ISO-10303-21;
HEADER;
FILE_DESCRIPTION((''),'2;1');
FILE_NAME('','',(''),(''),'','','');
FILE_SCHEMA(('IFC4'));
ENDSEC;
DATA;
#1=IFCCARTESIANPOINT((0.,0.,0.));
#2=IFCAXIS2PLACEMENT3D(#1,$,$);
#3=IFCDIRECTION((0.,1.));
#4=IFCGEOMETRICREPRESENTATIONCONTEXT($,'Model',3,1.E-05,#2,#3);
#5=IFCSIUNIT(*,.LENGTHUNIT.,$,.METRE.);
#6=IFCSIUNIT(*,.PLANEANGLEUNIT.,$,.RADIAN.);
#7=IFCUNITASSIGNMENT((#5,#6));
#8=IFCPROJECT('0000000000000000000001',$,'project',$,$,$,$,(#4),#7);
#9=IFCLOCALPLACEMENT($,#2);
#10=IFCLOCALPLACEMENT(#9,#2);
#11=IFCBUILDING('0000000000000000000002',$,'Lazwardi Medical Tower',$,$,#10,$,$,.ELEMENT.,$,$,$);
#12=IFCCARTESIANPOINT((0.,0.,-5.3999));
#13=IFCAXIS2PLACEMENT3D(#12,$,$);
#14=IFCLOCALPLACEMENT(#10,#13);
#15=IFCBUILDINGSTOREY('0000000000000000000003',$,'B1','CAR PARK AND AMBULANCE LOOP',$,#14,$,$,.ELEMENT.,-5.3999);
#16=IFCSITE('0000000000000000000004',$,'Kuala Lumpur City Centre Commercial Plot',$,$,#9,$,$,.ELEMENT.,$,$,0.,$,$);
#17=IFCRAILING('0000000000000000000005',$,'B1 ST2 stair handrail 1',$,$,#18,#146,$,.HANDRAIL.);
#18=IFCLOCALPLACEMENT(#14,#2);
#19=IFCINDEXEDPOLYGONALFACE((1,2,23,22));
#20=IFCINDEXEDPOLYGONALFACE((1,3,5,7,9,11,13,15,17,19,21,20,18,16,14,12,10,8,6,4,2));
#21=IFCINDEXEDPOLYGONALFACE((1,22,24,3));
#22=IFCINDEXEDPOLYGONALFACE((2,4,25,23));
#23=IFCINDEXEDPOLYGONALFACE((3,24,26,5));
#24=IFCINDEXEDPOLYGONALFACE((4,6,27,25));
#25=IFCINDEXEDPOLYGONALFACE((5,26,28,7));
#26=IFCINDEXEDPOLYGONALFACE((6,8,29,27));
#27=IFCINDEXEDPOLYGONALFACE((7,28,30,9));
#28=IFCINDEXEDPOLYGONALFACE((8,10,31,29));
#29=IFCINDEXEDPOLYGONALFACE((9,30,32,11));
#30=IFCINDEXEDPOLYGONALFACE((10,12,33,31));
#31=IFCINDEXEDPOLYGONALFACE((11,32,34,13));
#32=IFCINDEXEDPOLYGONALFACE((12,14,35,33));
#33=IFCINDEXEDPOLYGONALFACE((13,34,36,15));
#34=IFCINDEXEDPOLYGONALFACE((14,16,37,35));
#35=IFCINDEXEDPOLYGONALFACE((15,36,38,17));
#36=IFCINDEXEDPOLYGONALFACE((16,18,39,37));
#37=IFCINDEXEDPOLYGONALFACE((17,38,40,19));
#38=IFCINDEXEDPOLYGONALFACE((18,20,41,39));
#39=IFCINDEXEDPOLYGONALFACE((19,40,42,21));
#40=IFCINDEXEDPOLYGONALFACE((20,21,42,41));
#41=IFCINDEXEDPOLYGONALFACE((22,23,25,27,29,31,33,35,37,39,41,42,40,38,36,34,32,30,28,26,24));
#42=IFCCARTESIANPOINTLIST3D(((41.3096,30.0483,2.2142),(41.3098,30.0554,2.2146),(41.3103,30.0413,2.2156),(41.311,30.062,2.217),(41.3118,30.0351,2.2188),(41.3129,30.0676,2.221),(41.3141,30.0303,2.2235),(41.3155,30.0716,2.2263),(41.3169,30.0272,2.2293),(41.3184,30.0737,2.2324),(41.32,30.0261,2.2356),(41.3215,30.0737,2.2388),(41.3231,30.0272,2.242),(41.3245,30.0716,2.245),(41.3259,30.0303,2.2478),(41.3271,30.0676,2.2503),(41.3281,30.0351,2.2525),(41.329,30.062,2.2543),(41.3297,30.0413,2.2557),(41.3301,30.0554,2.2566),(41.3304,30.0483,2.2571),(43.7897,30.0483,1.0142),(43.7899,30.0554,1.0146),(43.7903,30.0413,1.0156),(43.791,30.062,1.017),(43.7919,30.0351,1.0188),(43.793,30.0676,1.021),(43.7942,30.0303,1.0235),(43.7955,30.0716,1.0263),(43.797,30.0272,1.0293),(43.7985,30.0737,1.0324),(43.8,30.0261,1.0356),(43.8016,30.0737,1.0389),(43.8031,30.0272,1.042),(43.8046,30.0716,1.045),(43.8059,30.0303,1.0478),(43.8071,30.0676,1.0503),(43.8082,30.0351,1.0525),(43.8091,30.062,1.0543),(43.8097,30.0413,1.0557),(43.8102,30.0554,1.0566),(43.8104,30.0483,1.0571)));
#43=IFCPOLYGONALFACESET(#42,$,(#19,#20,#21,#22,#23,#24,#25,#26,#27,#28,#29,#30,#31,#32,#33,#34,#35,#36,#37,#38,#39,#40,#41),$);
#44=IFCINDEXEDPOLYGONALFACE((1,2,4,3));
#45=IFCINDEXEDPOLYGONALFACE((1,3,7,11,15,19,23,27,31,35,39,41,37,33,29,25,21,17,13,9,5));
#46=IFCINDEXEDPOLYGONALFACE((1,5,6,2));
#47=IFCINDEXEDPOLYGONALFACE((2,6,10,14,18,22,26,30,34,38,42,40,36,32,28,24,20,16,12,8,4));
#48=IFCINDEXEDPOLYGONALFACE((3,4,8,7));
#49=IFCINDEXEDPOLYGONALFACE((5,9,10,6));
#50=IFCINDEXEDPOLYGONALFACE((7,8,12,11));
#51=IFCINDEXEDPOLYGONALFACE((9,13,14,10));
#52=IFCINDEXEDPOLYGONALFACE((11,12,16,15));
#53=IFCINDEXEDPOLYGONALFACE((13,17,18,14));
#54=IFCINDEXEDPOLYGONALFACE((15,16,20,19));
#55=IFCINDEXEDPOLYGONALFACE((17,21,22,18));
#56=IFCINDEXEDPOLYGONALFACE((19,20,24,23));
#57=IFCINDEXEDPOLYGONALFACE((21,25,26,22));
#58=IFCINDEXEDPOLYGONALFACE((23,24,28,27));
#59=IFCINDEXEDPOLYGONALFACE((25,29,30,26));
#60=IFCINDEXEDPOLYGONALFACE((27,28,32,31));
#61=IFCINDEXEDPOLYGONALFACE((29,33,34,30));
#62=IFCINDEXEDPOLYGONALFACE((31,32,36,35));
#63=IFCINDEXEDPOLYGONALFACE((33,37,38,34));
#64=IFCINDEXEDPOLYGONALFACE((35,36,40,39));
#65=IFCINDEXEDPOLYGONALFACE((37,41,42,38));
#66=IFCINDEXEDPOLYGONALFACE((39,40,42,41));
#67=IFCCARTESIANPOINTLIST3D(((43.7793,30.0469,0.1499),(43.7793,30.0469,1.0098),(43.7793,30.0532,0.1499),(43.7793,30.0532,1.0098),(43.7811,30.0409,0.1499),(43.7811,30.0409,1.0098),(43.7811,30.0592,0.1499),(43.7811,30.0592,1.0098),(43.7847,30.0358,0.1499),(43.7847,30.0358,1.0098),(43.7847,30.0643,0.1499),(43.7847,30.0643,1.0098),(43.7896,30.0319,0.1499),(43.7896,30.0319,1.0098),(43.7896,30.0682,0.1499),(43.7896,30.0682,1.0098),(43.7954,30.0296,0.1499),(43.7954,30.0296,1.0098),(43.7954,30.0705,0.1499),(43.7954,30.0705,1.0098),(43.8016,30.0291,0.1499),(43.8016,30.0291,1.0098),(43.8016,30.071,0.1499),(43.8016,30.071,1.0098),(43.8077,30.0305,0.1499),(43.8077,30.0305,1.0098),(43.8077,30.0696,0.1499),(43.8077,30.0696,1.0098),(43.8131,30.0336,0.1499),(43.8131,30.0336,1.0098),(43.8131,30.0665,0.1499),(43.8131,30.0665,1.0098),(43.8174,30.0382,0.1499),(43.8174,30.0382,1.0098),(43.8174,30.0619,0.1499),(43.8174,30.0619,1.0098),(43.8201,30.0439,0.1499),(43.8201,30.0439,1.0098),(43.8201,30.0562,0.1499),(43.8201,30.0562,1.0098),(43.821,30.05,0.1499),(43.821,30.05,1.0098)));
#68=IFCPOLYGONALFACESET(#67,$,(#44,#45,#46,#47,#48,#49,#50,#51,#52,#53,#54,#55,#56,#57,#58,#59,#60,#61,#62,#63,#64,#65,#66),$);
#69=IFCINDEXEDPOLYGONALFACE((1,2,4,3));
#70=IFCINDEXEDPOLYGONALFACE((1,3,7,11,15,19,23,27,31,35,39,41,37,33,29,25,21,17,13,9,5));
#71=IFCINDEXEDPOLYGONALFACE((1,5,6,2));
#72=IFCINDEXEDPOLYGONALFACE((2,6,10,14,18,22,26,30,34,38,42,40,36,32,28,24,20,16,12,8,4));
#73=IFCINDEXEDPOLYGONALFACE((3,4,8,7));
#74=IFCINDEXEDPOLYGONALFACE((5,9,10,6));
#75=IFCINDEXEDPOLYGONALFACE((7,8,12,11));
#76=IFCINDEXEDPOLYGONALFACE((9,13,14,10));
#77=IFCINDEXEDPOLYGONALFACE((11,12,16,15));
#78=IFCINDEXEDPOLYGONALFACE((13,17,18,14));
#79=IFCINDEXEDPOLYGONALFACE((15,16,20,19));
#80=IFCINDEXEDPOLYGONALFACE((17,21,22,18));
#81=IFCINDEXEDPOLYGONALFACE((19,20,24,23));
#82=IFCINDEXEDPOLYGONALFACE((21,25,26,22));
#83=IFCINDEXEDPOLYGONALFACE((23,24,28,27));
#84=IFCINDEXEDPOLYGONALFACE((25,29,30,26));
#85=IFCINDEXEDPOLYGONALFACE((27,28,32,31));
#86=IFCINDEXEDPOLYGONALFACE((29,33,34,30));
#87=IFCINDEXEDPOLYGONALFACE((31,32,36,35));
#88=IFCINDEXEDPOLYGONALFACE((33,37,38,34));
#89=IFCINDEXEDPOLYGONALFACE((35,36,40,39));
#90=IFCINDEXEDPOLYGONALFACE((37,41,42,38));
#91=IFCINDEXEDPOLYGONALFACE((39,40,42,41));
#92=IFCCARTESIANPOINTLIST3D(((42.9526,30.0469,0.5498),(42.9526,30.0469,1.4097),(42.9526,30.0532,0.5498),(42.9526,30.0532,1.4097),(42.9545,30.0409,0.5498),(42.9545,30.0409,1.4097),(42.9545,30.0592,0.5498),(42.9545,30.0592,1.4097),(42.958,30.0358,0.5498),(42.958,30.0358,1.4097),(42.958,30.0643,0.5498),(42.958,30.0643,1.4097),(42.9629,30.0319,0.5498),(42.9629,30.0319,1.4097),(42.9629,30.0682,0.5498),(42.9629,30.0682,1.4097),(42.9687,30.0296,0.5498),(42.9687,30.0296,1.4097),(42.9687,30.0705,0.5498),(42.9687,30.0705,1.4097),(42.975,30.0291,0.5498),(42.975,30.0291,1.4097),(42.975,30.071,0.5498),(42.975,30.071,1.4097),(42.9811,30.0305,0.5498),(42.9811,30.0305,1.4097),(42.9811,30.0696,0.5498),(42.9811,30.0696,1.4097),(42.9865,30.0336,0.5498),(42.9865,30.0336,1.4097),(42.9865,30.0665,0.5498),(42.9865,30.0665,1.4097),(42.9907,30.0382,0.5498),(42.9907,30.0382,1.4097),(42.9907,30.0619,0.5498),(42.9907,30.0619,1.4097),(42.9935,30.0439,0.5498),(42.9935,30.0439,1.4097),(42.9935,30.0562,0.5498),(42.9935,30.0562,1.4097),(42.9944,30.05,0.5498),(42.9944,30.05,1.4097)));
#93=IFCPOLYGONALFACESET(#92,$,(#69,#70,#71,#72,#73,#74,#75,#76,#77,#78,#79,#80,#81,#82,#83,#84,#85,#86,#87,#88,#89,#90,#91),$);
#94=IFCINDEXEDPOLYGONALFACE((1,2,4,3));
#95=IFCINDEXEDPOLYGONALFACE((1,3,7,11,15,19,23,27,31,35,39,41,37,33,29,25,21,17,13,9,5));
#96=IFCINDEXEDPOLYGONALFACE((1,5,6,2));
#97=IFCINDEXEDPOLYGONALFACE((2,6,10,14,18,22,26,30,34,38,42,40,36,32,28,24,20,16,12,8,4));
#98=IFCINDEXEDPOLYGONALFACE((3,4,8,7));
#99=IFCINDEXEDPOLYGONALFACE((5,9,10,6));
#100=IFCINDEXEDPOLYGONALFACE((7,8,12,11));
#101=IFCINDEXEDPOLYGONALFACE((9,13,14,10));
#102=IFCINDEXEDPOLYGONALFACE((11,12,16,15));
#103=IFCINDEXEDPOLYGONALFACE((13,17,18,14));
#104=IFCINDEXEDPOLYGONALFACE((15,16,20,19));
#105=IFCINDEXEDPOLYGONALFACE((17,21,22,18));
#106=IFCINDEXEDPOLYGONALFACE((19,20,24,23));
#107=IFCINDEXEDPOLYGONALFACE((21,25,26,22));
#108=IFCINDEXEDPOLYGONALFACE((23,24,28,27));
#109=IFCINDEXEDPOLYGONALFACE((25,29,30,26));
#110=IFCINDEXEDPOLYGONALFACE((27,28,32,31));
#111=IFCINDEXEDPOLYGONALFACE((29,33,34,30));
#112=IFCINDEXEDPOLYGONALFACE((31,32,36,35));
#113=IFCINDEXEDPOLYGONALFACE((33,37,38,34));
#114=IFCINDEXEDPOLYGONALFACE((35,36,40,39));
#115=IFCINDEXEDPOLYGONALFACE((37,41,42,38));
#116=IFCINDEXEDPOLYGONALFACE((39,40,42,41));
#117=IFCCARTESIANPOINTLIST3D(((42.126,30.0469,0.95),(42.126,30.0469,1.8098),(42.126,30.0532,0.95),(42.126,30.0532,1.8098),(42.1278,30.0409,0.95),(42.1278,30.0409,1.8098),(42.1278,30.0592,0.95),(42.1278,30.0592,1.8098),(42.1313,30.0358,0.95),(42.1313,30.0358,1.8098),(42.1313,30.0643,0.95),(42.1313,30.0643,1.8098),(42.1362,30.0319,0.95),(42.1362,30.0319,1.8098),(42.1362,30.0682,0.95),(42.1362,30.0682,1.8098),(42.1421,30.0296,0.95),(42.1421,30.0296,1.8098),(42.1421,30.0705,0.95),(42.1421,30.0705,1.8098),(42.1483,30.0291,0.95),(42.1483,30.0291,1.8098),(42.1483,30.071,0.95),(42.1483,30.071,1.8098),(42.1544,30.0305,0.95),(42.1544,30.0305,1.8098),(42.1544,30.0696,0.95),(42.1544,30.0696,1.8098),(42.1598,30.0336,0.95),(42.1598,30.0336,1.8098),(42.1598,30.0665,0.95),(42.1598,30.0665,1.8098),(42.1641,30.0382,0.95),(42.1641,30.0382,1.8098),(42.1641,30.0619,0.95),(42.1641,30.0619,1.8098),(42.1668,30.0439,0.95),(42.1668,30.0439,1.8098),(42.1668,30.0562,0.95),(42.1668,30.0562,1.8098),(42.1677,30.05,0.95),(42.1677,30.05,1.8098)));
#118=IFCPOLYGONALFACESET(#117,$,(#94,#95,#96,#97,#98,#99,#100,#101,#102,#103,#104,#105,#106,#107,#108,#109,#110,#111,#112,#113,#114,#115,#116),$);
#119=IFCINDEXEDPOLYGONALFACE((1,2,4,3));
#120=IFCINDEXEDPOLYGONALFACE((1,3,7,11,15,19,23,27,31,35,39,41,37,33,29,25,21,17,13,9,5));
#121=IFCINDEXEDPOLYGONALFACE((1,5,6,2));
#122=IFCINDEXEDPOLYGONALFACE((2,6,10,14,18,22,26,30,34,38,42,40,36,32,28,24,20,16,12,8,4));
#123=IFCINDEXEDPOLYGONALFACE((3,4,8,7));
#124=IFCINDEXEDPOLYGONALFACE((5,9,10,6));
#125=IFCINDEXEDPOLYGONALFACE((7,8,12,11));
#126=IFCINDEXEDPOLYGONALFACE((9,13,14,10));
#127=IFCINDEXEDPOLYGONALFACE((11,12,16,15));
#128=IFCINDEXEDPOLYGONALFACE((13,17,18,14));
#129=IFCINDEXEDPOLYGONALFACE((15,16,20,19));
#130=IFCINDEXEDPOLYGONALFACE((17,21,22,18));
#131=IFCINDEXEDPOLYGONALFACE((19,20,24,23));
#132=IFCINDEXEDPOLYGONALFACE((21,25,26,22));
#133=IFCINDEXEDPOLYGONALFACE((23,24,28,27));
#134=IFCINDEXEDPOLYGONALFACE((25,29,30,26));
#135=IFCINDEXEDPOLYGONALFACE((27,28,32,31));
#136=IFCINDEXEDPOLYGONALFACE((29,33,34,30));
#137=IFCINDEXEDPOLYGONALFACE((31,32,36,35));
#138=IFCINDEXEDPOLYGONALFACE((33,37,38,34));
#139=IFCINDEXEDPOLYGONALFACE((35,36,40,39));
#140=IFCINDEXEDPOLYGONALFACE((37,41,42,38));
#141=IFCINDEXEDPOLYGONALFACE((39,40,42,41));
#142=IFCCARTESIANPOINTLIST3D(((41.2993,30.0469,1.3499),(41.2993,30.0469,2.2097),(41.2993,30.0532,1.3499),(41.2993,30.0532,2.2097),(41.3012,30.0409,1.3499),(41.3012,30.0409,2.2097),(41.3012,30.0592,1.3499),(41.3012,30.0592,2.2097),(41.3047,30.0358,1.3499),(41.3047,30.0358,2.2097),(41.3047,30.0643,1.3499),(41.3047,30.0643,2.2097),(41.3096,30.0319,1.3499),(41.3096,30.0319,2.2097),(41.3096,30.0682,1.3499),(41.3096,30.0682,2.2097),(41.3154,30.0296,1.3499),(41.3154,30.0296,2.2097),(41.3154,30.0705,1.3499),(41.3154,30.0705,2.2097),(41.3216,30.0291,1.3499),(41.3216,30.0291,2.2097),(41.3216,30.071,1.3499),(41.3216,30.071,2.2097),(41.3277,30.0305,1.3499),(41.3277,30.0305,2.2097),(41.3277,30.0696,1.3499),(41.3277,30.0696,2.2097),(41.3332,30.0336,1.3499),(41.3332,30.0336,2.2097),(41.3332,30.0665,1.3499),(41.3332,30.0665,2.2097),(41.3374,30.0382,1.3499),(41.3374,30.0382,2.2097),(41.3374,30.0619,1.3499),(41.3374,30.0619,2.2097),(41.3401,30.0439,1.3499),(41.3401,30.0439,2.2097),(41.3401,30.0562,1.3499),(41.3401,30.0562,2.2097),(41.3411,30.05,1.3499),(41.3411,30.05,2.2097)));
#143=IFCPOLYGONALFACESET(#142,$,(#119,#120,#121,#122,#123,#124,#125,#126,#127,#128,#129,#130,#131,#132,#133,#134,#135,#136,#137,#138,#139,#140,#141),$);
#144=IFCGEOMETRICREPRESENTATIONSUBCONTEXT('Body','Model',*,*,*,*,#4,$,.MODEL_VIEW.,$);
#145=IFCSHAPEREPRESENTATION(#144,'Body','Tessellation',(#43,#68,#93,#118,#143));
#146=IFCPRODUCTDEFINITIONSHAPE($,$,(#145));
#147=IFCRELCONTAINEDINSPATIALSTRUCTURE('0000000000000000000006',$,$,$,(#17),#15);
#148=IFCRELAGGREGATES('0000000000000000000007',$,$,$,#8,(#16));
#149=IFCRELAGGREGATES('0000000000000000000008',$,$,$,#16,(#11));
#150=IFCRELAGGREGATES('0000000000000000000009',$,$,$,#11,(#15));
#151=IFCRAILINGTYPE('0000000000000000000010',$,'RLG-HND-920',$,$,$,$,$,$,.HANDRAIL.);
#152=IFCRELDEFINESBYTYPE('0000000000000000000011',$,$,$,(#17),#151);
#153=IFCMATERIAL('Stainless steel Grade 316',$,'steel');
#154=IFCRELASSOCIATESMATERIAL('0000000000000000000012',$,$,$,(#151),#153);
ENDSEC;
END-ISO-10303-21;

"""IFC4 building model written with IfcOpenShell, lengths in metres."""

from ifc_helpers import new_model, si_unit, direction, frame, origin, origin_2d, place, context, subcontext, project, spatial, circle, extrude, material, type_object, element, save


model = new_model("IFC4")

# Units and contexts
model_context = context("Model", 3, precision=1e-05, world=origin(), true_north=direction((0.0, 1.0)))
body_context = subcontext(model_context, "Body", "Model", "MODEL_VIEW")
ifc_project = project(units=[si_unit("LENGTHUNIT", "METRE"), si_unit("PLANEANGLEUNIT", "RADIAN")], contexts=[model_context])

# Site, building, storey
site_placement = place(None, origin())
site = spatial("IfcSite", under=ifc_project, at=site_placement, Name="Kuala Lumpur City Centre Commercial Plot", CompositionType="ELEMENT", RefElevation=0.0)
building_placement = place(site_placement, origin())
building = spatial("IfcBuilding", under=site, at=building_placement, Name="Lazwardi Medical Tower", CompositionType="ELEMENT")
storey_placement = place(building_placement, frame((0.0, 0.0, -5.3999)))
storey = spatial("IfcBuildingStorey", under=building, at=storey_placement, Name="B1", Description="CAR PARK AND AMBULANCE LOOP", CompositionType="ELEMENT", Elevation=-5.3999)

# Railing
ifc_material_1 = material(Name="Stainless steel Grade 316", Category="steel")
railing_type_1 = type_object("IfcRailingType", Name="RLG-HND-920", PredefinedType="HANDRAIL", material=ifc_material_1)
for number, where, name in (
    (1, (43.8, 30.05, 0.1499), "B1 ST2 stair handrail 1"),
):
    element("IfcRailing", number, at=place(storey_placement, frame(where)), inside=storey, type_object=railing_type_1, Name=name, PredefinedType="HANDRAIL", context=body_context, shape_type="SweptSolid", body=[
        extrude(circle(Radius=0.0239, at=origin_2d()), frame((0.0, 0.0, 0.8857), z_axis=(-0.900165, 0.0, 0.435549), x_axis=(0.0, -1.0, 0.0)), (0.0, 0.0, 1.0), 2.7551),
        extrude(circle(Radius=0.021, at=origin_2d()), origin(), (0.0, 0.0, 1.0), 0.8599),
        extrude(circle(Radius=0.021, at=origin_2d()), frame((-0.8267, 0.0, 0.3999)), (0.0, 0.0, 1.0), 0.8599),
        extrude(circle(Radius=0.021, at=origin_2d()), frame((-1.6533, 0.0, 0.8)), (0.0, 0.0, 1.0), 0.8599),
        extrude(circle(Radius=0.021, at=origin_2d()), frame((-2.48, 0.0, 1.2)), (0.0, 0.0, 1.0), 0.8599),
    ])

save(model, "model.ifc")
